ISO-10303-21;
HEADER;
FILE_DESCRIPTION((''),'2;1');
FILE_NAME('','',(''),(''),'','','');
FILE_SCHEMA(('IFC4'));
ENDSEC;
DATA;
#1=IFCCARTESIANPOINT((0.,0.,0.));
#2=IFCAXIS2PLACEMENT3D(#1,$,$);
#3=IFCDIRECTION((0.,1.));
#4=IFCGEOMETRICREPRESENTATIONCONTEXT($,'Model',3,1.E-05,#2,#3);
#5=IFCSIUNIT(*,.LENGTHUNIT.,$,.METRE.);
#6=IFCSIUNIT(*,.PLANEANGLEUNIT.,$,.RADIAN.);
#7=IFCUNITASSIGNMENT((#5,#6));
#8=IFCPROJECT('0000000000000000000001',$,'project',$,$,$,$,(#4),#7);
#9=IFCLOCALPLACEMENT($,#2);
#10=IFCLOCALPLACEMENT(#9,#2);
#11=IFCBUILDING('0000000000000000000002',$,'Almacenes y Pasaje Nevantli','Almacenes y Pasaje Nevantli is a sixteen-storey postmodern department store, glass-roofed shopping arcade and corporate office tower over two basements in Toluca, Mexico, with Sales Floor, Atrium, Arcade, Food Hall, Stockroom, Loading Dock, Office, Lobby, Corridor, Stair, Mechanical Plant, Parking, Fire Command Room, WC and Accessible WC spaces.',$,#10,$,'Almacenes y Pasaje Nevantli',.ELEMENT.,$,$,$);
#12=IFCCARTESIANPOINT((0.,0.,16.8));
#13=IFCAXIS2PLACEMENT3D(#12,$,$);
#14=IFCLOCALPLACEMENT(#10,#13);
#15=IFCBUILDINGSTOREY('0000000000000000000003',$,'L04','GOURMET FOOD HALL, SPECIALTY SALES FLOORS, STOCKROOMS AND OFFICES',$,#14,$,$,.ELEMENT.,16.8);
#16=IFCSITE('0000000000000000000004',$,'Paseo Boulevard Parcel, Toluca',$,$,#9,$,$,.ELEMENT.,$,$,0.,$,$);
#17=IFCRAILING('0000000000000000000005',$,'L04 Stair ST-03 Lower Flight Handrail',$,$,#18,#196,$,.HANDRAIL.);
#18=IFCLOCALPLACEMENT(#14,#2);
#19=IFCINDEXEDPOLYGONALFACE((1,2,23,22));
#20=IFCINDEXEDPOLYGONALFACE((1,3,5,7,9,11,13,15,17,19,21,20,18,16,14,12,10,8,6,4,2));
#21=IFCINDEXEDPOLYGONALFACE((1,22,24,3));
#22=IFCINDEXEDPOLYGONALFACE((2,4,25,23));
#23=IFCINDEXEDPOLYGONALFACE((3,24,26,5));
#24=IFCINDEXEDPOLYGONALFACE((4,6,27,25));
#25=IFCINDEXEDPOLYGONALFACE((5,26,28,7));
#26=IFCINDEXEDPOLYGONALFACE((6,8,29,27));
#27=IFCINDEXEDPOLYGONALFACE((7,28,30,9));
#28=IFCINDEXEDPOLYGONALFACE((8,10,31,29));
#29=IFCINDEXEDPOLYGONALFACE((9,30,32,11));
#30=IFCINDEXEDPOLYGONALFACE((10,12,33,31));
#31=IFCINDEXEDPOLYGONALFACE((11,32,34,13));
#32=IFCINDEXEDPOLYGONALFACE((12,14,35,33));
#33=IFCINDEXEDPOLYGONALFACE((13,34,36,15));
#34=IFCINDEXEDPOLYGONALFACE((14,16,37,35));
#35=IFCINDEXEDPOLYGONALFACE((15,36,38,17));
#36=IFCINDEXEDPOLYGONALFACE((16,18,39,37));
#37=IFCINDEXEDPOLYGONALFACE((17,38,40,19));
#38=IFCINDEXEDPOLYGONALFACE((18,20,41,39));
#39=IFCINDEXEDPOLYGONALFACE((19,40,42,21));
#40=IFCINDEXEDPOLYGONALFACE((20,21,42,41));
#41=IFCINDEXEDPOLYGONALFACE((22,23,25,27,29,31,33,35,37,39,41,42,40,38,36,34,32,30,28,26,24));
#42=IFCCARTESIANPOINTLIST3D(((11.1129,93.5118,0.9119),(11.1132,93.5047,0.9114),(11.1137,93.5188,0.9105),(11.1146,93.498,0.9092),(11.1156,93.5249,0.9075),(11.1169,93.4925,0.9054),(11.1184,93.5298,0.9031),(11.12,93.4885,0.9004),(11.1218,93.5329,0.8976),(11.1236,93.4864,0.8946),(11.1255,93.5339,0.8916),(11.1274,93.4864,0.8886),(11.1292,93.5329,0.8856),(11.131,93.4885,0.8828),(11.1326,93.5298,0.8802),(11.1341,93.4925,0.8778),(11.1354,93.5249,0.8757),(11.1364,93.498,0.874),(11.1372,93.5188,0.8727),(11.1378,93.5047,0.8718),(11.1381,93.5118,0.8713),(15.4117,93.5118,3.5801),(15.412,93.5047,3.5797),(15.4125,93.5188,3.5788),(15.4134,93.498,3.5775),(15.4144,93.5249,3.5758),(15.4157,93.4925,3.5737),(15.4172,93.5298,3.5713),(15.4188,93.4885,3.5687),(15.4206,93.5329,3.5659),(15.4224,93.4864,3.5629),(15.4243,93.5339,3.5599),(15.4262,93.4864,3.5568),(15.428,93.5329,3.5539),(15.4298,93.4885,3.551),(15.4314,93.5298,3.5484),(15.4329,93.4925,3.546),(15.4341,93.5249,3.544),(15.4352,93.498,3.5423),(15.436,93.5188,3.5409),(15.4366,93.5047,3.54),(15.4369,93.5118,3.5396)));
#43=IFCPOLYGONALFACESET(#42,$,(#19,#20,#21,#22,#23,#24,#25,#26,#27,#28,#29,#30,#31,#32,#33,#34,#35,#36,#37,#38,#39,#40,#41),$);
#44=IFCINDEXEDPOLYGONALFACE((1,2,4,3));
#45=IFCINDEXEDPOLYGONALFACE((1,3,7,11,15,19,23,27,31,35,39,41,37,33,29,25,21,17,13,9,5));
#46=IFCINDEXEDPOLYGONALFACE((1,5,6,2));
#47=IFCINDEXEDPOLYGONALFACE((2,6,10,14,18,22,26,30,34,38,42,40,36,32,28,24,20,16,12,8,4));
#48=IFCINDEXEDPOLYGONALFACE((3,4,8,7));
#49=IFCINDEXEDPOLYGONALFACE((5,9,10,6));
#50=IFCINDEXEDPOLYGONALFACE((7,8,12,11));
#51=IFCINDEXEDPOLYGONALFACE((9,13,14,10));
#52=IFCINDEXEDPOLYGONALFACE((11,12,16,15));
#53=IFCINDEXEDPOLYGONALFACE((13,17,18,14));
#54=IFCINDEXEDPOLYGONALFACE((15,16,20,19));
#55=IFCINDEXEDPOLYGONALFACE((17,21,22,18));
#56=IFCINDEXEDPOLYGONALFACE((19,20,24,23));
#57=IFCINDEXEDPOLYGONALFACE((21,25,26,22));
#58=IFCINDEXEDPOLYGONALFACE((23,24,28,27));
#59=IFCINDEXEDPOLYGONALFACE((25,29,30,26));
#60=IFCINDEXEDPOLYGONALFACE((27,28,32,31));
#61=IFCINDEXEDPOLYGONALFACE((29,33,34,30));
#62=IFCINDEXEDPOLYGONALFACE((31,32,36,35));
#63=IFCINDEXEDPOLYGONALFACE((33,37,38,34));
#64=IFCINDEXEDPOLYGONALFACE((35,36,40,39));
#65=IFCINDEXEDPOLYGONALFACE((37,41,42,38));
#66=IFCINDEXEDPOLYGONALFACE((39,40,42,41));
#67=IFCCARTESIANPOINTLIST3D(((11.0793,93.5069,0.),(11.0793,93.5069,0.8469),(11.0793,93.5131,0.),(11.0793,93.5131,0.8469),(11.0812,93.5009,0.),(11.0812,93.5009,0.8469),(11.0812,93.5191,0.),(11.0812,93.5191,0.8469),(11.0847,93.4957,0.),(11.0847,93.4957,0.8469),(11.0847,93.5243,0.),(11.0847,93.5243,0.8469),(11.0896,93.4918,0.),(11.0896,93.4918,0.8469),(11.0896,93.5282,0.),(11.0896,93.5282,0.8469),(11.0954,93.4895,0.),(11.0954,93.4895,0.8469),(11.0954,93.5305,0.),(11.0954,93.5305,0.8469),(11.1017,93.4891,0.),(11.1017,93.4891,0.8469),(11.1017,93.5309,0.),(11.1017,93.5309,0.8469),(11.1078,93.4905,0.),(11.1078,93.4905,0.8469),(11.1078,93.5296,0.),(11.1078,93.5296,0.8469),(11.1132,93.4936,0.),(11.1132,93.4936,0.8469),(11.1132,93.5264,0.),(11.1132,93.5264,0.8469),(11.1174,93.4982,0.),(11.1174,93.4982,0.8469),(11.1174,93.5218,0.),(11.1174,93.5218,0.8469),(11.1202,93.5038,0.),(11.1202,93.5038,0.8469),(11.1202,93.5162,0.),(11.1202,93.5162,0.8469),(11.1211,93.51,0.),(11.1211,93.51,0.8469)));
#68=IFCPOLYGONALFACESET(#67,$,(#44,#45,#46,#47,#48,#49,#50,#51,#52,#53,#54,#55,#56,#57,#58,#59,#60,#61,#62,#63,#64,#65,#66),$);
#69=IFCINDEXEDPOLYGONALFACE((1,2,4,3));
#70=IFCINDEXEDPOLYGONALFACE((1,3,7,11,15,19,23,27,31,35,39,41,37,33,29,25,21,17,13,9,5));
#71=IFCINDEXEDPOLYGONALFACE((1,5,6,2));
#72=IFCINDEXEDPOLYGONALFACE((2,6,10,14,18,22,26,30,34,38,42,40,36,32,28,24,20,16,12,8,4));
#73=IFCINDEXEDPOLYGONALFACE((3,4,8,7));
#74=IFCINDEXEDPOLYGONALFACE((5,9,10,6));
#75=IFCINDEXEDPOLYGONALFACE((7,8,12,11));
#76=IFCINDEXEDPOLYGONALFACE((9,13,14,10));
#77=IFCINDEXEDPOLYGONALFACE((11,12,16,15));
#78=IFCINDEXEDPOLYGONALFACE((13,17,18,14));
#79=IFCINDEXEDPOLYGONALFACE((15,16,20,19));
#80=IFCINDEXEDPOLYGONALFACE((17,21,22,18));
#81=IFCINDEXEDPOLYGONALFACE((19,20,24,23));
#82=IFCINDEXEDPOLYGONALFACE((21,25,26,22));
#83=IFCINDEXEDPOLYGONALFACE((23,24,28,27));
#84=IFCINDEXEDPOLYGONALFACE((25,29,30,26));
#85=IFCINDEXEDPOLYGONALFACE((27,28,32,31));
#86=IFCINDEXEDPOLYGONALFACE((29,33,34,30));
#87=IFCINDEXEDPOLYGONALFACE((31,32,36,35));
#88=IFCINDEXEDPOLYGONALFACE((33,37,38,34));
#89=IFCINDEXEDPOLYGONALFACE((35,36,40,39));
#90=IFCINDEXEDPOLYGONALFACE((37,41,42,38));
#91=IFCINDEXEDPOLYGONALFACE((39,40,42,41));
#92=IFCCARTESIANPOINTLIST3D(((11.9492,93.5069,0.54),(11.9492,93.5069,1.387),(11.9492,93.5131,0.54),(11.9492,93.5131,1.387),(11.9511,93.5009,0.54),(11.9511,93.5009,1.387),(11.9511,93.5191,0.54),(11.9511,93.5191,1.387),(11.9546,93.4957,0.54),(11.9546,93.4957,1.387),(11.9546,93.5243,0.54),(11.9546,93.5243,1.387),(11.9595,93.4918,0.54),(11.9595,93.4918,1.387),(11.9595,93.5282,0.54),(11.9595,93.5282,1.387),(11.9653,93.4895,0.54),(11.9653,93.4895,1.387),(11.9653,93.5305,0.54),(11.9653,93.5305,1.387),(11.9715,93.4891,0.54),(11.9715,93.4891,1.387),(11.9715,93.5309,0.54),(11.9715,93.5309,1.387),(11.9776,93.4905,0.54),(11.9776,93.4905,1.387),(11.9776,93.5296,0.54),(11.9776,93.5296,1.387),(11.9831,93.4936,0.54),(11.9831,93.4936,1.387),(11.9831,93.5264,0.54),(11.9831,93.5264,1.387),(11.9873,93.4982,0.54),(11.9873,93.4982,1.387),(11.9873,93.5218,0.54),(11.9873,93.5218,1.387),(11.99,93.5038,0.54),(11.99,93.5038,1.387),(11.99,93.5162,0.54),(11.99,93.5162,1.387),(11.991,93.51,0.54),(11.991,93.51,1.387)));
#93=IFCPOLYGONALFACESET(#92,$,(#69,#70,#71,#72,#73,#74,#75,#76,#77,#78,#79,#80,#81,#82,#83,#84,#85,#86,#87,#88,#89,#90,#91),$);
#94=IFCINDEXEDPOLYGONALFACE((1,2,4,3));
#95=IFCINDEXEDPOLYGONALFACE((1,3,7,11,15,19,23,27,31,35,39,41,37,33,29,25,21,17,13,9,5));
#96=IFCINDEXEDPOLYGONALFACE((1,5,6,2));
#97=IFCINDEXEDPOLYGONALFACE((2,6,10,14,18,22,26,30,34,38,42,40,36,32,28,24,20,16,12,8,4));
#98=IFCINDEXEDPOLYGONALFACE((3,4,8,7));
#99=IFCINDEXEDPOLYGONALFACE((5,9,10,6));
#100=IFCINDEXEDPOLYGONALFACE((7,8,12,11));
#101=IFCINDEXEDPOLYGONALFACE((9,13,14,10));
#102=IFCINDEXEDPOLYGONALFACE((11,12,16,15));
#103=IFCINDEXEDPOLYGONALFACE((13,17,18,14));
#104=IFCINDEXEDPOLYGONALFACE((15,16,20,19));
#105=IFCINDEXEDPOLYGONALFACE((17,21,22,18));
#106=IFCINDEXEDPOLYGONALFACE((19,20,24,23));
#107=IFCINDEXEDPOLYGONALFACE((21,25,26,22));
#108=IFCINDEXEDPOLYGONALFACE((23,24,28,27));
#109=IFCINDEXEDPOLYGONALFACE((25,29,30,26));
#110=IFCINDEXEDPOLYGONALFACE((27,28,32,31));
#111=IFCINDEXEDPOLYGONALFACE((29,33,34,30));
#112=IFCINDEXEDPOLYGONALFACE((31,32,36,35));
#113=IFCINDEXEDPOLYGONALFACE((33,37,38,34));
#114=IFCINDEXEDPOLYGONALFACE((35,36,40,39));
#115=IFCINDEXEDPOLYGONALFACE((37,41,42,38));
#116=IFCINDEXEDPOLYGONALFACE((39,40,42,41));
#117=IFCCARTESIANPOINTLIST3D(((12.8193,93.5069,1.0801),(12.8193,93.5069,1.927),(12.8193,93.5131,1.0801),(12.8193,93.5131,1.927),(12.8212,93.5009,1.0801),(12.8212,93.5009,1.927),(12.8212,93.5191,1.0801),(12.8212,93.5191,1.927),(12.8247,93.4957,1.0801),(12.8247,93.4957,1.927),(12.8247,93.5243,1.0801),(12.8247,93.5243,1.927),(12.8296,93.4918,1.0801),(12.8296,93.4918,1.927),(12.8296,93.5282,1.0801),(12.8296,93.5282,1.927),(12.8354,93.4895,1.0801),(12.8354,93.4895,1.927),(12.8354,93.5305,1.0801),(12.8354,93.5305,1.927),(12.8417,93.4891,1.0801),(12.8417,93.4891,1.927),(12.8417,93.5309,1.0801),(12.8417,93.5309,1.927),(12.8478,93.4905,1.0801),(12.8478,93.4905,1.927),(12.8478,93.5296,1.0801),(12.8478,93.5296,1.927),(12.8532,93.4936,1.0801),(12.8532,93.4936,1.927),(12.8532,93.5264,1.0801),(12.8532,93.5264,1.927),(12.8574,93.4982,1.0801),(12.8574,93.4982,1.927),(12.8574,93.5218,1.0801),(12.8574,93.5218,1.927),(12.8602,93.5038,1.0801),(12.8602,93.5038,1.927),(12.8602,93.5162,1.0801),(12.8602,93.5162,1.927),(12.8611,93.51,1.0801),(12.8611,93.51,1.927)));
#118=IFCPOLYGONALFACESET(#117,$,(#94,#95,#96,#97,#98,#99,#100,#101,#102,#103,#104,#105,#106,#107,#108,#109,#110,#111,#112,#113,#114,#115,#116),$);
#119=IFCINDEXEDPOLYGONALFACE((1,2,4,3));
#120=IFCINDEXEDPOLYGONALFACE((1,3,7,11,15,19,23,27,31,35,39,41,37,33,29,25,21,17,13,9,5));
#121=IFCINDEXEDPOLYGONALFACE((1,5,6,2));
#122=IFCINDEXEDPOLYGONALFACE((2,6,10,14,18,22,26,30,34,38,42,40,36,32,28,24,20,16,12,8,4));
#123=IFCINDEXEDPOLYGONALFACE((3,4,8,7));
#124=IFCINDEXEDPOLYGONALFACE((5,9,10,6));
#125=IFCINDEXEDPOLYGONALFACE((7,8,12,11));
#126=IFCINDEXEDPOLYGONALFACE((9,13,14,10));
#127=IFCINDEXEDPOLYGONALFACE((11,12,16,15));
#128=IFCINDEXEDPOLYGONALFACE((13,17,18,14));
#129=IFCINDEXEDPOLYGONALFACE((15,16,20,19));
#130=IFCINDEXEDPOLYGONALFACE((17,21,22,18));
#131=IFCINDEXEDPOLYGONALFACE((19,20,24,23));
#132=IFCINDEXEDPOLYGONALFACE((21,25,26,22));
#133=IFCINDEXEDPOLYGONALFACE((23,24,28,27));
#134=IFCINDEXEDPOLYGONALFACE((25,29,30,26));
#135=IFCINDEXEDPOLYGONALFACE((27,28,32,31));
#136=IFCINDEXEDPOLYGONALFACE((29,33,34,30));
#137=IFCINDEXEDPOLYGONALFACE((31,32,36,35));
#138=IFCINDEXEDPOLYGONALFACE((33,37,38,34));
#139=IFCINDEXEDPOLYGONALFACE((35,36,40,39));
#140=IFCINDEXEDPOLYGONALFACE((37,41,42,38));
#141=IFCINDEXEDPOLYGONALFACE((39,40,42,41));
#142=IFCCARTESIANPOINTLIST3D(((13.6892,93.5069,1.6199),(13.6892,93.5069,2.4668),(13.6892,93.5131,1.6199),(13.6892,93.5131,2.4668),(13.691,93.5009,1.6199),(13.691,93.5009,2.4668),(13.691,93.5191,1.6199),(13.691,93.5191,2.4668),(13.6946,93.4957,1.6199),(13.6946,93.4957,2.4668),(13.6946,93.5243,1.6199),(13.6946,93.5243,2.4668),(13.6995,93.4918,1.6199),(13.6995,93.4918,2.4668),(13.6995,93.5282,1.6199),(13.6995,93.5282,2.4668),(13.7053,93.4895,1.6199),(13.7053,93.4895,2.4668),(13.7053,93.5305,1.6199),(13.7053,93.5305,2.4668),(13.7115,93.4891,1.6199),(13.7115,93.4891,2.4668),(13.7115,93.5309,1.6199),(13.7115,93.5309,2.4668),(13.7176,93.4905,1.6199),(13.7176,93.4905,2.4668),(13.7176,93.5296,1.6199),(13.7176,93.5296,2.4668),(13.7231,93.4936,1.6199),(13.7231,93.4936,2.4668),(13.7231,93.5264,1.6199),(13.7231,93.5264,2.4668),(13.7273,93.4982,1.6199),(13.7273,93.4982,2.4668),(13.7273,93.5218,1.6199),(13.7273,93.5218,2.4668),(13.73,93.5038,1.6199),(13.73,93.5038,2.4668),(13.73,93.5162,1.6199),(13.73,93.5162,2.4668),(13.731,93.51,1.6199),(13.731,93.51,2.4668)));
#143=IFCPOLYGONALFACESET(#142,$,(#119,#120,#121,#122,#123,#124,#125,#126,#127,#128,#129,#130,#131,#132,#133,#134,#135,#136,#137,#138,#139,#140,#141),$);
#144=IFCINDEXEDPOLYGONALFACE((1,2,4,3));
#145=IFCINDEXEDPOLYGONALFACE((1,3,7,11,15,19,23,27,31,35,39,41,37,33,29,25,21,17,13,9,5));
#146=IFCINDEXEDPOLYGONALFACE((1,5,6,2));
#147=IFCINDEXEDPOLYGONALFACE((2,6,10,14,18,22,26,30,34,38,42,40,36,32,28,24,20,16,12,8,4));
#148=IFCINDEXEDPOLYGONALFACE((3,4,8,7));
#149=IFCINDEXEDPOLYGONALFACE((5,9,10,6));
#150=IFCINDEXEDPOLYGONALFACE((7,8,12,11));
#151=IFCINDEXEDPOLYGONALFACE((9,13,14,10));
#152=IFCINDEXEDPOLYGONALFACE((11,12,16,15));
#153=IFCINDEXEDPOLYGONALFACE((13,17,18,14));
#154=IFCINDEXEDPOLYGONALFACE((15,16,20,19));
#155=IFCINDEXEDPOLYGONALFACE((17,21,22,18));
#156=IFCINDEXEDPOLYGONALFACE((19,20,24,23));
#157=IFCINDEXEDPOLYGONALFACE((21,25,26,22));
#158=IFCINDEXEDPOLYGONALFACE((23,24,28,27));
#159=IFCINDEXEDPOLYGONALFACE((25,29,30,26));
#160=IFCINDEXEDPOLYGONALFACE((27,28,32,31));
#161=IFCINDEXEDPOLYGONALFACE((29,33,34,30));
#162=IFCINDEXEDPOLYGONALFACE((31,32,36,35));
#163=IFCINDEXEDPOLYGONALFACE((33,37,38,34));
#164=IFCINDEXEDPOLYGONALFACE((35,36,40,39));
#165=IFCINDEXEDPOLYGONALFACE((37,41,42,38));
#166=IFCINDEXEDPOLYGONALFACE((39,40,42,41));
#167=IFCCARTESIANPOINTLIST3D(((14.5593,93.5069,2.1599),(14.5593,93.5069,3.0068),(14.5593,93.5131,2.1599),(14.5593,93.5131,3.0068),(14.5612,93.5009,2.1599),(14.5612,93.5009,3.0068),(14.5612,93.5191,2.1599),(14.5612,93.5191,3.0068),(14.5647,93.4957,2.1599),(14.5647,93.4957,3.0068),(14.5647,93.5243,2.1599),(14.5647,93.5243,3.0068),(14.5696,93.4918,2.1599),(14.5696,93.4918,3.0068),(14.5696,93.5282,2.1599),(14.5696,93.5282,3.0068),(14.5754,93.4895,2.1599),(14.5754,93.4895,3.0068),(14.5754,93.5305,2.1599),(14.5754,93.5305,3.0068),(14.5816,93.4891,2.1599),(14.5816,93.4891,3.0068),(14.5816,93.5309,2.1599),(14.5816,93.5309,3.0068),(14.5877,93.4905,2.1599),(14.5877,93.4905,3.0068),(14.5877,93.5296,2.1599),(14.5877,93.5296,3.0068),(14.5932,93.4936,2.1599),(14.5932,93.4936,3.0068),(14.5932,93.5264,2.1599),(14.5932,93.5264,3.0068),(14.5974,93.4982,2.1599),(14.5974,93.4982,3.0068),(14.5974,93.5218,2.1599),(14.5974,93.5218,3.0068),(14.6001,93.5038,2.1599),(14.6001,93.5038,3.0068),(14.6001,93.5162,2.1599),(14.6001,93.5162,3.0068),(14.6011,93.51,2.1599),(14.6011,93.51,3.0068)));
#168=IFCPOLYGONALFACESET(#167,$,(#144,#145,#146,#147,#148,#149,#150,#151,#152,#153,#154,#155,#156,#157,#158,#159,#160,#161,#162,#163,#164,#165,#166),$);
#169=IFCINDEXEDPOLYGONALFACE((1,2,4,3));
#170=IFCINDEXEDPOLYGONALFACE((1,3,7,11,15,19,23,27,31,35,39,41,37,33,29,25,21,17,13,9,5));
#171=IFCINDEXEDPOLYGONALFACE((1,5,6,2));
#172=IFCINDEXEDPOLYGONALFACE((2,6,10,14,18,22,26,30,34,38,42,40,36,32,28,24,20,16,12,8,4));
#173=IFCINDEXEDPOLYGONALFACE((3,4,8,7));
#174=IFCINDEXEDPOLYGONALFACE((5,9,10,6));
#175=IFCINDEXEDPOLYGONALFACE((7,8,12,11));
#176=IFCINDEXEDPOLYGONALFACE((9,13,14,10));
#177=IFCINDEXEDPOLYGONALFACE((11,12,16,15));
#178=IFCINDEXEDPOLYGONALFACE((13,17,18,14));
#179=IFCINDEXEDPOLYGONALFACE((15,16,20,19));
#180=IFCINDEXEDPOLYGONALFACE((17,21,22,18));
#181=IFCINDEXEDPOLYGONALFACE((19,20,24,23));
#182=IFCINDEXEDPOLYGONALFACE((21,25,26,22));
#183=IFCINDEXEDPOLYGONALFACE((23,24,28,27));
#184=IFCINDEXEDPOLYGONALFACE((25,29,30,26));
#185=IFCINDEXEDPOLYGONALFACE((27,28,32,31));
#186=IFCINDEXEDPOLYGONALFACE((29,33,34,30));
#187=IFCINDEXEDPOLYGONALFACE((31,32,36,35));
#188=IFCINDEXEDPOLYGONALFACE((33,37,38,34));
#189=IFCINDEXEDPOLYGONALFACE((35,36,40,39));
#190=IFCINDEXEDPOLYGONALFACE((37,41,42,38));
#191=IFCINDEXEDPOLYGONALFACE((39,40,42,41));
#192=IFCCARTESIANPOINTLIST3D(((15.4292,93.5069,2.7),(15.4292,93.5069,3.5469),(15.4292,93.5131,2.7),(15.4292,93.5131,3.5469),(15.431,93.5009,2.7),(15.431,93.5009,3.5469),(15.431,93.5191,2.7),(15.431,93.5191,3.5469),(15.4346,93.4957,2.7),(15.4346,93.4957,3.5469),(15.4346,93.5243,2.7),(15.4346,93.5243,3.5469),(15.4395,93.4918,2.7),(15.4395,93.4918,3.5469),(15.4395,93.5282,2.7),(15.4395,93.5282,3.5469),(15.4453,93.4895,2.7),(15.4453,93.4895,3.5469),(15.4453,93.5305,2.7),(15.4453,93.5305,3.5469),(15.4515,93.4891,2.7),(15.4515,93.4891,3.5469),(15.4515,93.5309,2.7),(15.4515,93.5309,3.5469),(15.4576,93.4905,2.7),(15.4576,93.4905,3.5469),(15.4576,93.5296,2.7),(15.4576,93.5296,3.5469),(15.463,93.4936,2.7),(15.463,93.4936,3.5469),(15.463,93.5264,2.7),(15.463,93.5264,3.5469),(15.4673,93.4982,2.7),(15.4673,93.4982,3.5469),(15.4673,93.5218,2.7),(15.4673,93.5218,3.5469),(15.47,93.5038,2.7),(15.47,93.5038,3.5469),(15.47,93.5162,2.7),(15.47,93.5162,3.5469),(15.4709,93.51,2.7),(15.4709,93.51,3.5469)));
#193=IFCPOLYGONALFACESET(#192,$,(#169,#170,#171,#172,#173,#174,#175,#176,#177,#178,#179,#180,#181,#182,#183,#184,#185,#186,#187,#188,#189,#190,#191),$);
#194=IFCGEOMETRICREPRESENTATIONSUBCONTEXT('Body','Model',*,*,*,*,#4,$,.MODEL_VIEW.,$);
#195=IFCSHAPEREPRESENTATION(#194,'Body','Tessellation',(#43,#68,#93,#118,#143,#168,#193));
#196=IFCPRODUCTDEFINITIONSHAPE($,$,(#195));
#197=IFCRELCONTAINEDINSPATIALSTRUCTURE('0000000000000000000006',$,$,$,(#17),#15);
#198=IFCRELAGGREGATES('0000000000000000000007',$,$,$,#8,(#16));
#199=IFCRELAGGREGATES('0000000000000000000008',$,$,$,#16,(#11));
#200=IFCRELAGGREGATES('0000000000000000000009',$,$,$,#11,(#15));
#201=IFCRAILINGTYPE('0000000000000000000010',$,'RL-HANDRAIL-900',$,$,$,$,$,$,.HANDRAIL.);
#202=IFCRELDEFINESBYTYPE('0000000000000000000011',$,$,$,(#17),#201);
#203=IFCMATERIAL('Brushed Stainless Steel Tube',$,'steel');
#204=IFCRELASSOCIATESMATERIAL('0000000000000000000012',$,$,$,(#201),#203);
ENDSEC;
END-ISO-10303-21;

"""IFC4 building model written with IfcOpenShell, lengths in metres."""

from ifc_helpers import new_model, si_unit, direction, frame, origin, origin_2d, place, context, subcontext, project, spatial, circle, extrude, material, type_object, element, save


model = new_model("IFC4")

# Units and contexts
model_context = context("Model", 3, precision=1e-05, world=origin(), true_north=direction((0.0, 1.0)))
body_context = subcontext(model_context, "Body", "Model", "MODEL_VIEW")
ifc_project = project(units=[si_unit("LENGTHUNIT", "METRE"), si_unit("PLANEANGLEUNIT", "RADIAN")], contexts=[model_context])

# Site, building, storey
site_placement = place(None, origin())
site = spatial("IfcSite", under=ifc_project, at=site_placement, Name="Paseo Boulevard Parcel, Toluca", CompositionType="ELEMENT", RefElevation=0.0)
building_placement = place(site_placement, origin())
building = spatial("IfcBuilding", under=site, at=building_placement, Name="Almacenes y Pasaje Nevantli", Description="Almacenes y Pasaje Nevantli is a sixteen-storey postmodern department store, glass-roofed shopping arcade and corporate office tower over two basements in Toluca, Mexico, with Sales Floor, Atrium, Arcade, Food Hall, Stockroom, Loading Dock, Office, Lobby, Corridor, Stair, Mechanical Plant, Parking, Fire Command Room, WC and Accessible WC spaces.", LongName="Almacenes y Pasaje Nevantli", CompositionType="ELEMENT")
storey_placement = place(building_placement, frame((0.0, 0.0, 16.8)))
storey = spatial("IfcBuildingStorey", under=building, at=storey_placement, Name="L04", Description="GOURMET FOOD HALL, SPECIALTY SALES FLOORS, STOCKROOMS AND OFFICES", CompositionType="ELEMENT", Elevation=16.8)

# Railing
ifc_material_1 = material(Name="Brushed Stainless Steel Tube", Category="steel")
railing_type_1 = type_object("IfcRailingType", Name="RL-HANDRAIL-900", PredefinedType="HANDRAIL", material=ifc_material_1)
railing_1_placement = place(storey_placement, frame((11.1001, 93.51, 0.0)))
element("IfcRailing", 1, at=railing_1_placement, inside=storey, type_object=railing_type_1, Name="L04 Stair ST-03 Lower Flight Handrail", PredefinedType="HANDRAIL", context=body_context, shape_type="SweptSolid", body=[
    extrude(circle(Radius=0.0239, at=origin_2d()), frame((0.0254, 0.0, 0.8916), z_axis=(0.849636, 0.0, 0.527369), x_axis=(0.0, 1.0, 0.0)), (0.0, 0.0, 1.0), 5.0596),
    extrude(circle(Radius=0.021, at=origin_2d()), origin(), (0.0, 0.0, 1.0), 0.8469),
    extrude(circle(Radius=0.021, at=origin_2d()), frame((0.8699, 0.0, 0.54)), (0.0, 0.0, 1.0), 0.8469),
    extrude(circle(Radius=0.021, at=origin_2d()), frame((1.74, 0.0, 1.0801)), (0.0, 0.0, 1.0), 0.8469),
    extrude(circle(Radius=0.021, at=origin_2d()), frame((2.6099, 0.0, 1.6199)), (0.0, 0.0, 1.0), 0.8469),
    extrude(circle(Radius=0.021, at=origin_2d()), frame((3.48, 0.0, 2.1599)), (0.0, 0.0, 1.0), 0.8469),
    extrude(circle(Radius=0.021, at=origin_2d()), frame((4.3499, 0.0, 2.7)), (0.0, 0.0, 1.0), 0.8469),
])

save(model, "model.ifc")
